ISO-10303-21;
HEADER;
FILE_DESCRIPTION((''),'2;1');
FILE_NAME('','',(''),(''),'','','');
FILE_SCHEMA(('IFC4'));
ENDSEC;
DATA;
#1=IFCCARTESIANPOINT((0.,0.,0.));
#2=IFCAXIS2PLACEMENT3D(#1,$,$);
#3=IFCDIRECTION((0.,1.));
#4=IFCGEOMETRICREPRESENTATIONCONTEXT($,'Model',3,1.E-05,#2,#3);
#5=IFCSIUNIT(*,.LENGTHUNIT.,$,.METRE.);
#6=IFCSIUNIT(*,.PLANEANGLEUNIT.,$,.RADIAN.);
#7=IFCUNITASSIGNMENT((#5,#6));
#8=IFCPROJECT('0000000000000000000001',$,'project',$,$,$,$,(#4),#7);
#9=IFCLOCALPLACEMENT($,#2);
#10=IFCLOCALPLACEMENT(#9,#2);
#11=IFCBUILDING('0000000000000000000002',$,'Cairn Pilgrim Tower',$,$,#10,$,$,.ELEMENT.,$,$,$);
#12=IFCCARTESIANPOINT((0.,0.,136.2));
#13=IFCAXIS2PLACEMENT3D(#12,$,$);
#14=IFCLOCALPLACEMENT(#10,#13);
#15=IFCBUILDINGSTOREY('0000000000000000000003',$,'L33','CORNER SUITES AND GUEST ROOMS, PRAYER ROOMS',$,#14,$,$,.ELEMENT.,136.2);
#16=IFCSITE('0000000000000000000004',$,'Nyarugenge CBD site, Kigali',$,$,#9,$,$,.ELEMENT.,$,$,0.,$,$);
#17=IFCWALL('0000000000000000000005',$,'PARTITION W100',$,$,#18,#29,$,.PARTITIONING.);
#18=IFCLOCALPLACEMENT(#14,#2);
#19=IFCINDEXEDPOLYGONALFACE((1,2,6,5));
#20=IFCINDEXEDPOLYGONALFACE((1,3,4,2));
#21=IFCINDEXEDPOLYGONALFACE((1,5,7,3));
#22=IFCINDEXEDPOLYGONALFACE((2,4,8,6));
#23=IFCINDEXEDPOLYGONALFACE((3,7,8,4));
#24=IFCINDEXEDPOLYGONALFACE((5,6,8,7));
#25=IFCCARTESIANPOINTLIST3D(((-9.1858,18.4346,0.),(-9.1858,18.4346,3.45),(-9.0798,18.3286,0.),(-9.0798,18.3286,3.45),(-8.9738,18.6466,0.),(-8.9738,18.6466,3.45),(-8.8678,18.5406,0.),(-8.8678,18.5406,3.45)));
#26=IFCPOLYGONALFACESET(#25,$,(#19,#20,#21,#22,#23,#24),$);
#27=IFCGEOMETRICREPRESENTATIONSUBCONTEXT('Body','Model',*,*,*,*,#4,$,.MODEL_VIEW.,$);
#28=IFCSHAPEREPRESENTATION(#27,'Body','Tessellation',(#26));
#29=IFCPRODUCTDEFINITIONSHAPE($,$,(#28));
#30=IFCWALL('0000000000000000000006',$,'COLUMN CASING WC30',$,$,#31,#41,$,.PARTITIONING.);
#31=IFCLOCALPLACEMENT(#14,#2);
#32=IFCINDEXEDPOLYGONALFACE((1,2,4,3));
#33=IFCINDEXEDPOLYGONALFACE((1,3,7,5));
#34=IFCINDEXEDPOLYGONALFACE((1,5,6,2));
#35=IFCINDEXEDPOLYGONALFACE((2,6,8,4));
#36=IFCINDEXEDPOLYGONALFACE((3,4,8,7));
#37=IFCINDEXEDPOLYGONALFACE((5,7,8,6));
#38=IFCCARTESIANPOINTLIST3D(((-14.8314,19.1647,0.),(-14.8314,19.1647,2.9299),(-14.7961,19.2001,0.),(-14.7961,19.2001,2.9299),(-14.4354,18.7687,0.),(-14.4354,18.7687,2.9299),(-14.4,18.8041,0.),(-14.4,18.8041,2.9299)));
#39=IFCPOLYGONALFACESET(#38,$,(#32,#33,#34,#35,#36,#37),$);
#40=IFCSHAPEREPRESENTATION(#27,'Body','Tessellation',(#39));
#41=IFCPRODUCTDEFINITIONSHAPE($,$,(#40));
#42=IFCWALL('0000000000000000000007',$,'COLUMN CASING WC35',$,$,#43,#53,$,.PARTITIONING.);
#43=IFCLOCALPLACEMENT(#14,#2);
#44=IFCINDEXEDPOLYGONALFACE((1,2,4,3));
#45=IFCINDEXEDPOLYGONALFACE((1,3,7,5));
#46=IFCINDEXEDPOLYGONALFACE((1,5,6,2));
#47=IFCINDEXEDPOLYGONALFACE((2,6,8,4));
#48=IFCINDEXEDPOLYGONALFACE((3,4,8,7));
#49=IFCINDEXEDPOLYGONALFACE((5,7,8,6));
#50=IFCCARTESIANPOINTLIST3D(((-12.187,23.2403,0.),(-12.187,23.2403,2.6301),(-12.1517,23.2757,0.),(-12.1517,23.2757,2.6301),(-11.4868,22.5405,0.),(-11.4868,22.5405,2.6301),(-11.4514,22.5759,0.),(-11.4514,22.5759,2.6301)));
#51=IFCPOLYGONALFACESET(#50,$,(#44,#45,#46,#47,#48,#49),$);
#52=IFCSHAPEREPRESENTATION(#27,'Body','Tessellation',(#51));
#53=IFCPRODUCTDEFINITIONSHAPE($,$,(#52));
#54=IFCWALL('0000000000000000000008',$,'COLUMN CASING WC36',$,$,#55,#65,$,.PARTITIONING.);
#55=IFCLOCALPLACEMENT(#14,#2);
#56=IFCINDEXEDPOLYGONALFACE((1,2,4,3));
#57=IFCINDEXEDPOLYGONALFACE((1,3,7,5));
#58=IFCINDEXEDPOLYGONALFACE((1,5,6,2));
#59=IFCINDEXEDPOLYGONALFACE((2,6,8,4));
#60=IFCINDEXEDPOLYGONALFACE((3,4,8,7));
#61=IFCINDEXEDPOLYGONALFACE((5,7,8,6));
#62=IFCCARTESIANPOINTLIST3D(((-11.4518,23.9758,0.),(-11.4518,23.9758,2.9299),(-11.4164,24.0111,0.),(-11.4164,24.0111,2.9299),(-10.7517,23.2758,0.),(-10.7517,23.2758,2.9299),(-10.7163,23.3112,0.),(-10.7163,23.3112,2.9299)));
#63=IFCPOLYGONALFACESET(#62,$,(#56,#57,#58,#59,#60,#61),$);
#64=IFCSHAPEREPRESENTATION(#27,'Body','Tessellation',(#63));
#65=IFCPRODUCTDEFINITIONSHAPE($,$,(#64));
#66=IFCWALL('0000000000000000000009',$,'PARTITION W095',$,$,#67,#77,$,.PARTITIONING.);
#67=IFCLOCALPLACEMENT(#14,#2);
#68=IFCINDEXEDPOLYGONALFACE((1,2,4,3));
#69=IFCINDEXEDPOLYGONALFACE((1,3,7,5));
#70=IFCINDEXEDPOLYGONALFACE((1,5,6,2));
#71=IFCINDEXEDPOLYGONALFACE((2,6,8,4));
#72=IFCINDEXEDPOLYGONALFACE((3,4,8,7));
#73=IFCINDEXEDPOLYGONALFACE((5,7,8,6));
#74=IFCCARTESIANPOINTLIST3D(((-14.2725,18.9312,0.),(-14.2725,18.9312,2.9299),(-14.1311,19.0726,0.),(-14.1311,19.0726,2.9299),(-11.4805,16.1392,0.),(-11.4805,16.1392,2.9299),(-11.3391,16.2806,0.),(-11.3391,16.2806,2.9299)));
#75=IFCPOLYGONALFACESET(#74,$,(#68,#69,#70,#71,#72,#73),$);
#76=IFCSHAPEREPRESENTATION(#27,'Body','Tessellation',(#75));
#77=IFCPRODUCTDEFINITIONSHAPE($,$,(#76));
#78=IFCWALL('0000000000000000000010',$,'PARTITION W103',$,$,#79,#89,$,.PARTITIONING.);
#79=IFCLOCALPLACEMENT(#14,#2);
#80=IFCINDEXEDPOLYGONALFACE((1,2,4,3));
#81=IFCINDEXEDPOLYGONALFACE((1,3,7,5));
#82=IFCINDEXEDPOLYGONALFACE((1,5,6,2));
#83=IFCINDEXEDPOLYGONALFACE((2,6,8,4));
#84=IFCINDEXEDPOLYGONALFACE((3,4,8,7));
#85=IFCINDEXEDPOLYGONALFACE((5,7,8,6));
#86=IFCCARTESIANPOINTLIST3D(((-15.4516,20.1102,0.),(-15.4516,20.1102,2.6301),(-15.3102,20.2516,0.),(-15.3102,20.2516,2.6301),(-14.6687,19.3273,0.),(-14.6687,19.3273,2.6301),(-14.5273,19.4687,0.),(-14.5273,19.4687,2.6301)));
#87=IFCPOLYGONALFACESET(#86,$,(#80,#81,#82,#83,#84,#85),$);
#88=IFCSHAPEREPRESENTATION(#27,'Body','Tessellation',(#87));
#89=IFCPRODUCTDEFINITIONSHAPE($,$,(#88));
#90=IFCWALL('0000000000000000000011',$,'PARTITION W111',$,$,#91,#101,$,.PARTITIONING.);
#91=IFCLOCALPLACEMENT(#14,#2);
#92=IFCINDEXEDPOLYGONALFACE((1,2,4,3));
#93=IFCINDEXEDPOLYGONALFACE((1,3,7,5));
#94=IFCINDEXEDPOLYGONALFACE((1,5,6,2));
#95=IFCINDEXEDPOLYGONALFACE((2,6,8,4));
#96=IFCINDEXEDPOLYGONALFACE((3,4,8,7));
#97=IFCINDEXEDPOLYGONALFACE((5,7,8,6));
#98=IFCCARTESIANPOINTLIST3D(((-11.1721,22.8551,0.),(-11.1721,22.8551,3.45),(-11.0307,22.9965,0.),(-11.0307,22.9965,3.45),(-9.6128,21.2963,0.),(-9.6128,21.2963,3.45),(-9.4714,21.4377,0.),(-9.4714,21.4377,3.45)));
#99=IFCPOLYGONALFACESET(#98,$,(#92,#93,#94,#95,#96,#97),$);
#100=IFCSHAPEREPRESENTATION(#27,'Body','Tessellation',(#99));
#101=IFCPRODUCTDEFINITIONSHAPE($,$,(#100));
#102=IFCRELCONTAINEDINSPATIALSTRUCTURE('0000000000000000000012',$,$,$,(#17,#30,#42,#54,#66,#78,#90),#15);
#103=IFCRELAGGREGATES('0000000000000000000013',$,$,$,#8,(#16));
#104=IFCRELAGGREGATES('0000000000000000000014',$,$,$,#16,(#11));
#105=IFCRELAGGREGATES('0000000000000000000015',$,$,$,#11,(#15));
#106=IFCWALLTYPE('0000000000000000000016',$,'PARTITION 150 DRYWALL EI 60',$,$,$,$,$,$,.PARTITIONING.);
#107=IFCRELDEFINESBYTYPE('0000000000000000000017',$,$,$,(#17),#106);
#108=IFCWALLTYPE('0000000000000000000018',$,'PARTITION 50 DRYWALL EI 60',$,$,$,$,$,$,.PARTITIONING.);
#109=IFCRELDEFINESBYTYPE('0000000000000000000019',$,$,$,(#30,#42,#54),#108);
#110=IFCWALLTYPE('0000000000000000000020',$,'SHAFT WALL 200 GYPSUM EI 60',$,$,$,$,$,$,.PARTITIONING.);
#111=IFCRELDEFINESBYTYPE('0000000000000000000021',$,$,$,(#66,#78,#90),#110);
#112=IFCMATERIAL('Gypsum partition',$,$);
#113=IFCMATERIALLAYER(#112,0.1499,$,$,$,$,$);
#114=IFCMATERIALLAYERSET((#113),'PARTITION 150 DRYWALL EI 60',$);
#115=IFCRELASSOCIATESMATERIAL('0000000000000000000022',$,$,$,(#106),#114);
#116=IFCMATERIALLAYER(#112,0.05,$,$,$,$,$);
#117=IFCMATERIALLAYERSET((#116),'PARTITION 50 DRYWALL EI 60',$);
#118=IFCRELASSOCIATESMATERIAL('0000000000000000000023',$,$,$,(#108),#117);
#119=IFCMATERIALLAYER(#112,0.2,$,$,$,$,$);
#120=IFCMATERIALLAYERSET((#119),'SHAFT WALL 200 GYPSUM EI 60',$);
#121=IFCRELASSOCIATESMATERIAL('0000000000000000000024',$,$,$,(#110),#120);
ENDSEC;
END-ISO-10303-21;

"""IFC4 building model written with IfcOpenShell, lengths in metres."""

from ifc_helpers import new_model, si_unit, direction, frame, frame_2d, origin, place, context, subcontext, project, spatial, rectangle, extrude, material, layer, layer_set, type_object, element, save


model = new_model("IFC4")

# Units and contexts
model_context = context("Model", 3, precision=1e-05, world=origin(), true_north=direction((0.0, 1.0)))
body_context = subcontext(model_context, "Body", "Model", "MODEL_VIEW")
ifc_project = project(units=[si_unit("LENGTHUNIT", "METRE"), si_unit("PLANEANGLEUNIT", "RADIAN")], contexts=[model_context])

# Site, building, storey
site_placement = place(None, origin())
site = spatial("IfcSite", under=ifc_project, at=site_placement, Name="Nyarugenge CBD site, Kigali", CompositionType="ELEMENT", RefElevation=0.0)
building_placement = place(site_placement, origin())
building = spatial("IfcBuilding", under=site, at=building_placement, Name="Cairn Pilgrim Tower", CompositionType="ELEMENT")
storey_placement = place(building_placement, frame((0.0, 0.0, 136.2)))
storey = spatial("IfcBuildingStorey", under=building, at=storey_placement, Name="L33", Description="CORNER SUITES AND GUEST ROOMS, PRAYER ROOMS", CompositionType="ELEMENT", Elevation=136.2)

# Shared definitions
ifc_material_1 = material(Name="Gypsum partition")

# Shared definitions
ifc_layer_1 = layer(ifc_material_1, 0.1499)
ifc_layer_set_1 = layer_set([ifc_layer_1], Name="PARTITION 150 DRYWALL EI 60")
wall_type_1 = type_object("IfcWallType", Name="PARTITION 150 DRYWALL EI 60", PredefinedType="PARTITIONING", material=ifc_layer_set_1)

# Walls
wall_1_placement = place(storey_placement, frame((-9.1328, 18.3816, 0.0), z_axis=(0.0, 0.0, 1.0), x_axis=(0.707107, 0.707107, 0.0)))
element("IfcWall", 1, at=wall_1_placement, inside=storey, type_object=wall_type_1, Name="PARTITION W100", PredefinedType="PARTITIONING", context=body_context, shape_type="SweptSolid", body=[
    extrude(rectangle(XDim=0.2998, YDim=0.1499, at=frame_2d((0.1499, 0.0))), origin(), (0.0, 0.0, 1.0), 3.45),
])
ifc_layer_2 = layer(ifc_material_1, 0.05)
ifc_layer_set_2 = layer_set([ifc_layer_2], Name="PARTITION 50 DRYWALL EI 60")
wall_type_2 = type_object("IfcWallType", Name="PARTITION 50 DRYWALL EI 60", PredefinedType="PARTITIONING", material=ifc_layer_set_2)
wall_2_placement = place(storey_placement, frame((-14.4177, 18.7864, 0.0), z_axis=(0.0, 0.0, 1.0), x_axis=(-0.707107, 0.707107, 0.0)))
element("IfcWall", 2, at=wall_2_placement, inside=storey, type_object=wall_type_2, Name="COLUMN CASING WC30", PredefinedType="PARTITIONING", context=body_context, shape_type="SweptSolid", body=[
    extrude(rectangle(XDim=0.5601, YDim=0.05, at=frame_2d((0.28, 0.0))), origin(), (0.0, 0.0, 1.0), 2.9299),
])
wall_3_placement = place(storey_placement, frame((-11.469, 22.5581, 0.0), z_axis=(0.0, 0.0, 1.0), x_axis=(-0.707353, 0.70686, 0.0)))
element("IfcWall", 3, at=wall_3_placement, inside=storey, type_object=wall_type_2, Name="COLUMN CASING WC35", PredefinedType="PARTITIONING", context=body_context, shape_type="SweptSolid", body=[
    extrude(rectangle(XDim=0.99, YDim=0.05, at=frame_2d((0.4951, 0.0))), origin(), (0.0, 0.0, 1.0), 2.6301),
])
wall_4_placement = place(storey_placement, frame((-10.7339, 23.2935, 0.0), z_axis=(0.0, 0.0, 1.0), x_axis=(-0.70723, 0.706983, 0.0)))
element("IfcWall", 4, at=wall_4_placement, inside=storey, type_object=wall_type_2, Name="COLUMN CASING WC36", PredefinedType="PARTITIONING", context=body_context, shape_type="SweptSolid", body=[
    extrude(rectangle(XDim=0.99, YDim=0.05, at=frame_2d((0.4951, 0.0))), origin(), (0.0, 0.0, 1.0), 2.9299),
])
ifc_layer_3 = layer(ifc_material_1, 0.2)
ifc_layer_set_3 = layer_set([ifc_layer_3], Name="SHAFT WALL 200 GYPSUM EI 60")
wall_type_3 = type_object("IfcWallType", Name="SHAFT WALL 200 GYPSUM EI 60", PredefinedType="PARTITIONING", material=ifc_layer_set_3)
wall_5_placement = place(storey_placement, frame((-11.4099, 16.21, 0.0), z_axis=(0.0, 0.0, 1.0), x_axis=(-0.707107, 0.707107, 0.0)))
element("IfcWall", 5, at=wall_5_placement, inside=storey, type_object=wall_type_3, Name="PARTITION W095", PredefinedType="PARTITIONING", context=body_context, shape_type="SweptSolid", body=[
    extrude(rectangle(XDim=3.9485, YDim=0.2, at=frame_2d((1.9741, 0.0))), origin(), (0.0, 0.0, 1.0), 2.9299),
])
wall_6_placement = place(storey_placement, frame((-14.5979, 19.3979, 0.0), z_axis=(0.0, 0.0, 1.0), x_axis=(-0.707107, 0.707107, 0.0)))
element("IfcWall", 6, at=wall_6_placement, inside=storey, type_object=wall_type_3, Name="PARTITION W103", PredefinedType="PARTITIONING", context=body_context, shape_type="SweptSolid", body=[
    extrude(rectangle(XDim=1.1072, YDim=0.2, at=frame_2d((0.5537, 0.0))), origin(), (0.0, 0.0, 1.0), 2.6301),
])
wall_7_placement = place(storey_placement, frame((-9.542, 21.3669, 0.0), z_axis=(0.0, 0.0, 1.0), x_axis=(-0.707218, 0.706996, 0.0)))
element("IfcWall", 7, at=wall_7_placement, inside=storey, type_object=wall_type_3, Name="PARTITION W111", PredefinedType="PARTITIONING", context=body_context, shape_type="SweptSolid", body=[
    extrude(rectangle(XDim=2.2048, YDim=0.2, at=frame_2d((1.1025, 0.0))), origin(), (0.0, 0.0, 1.0), 3.45),
])

save(model, "model.ifc")
